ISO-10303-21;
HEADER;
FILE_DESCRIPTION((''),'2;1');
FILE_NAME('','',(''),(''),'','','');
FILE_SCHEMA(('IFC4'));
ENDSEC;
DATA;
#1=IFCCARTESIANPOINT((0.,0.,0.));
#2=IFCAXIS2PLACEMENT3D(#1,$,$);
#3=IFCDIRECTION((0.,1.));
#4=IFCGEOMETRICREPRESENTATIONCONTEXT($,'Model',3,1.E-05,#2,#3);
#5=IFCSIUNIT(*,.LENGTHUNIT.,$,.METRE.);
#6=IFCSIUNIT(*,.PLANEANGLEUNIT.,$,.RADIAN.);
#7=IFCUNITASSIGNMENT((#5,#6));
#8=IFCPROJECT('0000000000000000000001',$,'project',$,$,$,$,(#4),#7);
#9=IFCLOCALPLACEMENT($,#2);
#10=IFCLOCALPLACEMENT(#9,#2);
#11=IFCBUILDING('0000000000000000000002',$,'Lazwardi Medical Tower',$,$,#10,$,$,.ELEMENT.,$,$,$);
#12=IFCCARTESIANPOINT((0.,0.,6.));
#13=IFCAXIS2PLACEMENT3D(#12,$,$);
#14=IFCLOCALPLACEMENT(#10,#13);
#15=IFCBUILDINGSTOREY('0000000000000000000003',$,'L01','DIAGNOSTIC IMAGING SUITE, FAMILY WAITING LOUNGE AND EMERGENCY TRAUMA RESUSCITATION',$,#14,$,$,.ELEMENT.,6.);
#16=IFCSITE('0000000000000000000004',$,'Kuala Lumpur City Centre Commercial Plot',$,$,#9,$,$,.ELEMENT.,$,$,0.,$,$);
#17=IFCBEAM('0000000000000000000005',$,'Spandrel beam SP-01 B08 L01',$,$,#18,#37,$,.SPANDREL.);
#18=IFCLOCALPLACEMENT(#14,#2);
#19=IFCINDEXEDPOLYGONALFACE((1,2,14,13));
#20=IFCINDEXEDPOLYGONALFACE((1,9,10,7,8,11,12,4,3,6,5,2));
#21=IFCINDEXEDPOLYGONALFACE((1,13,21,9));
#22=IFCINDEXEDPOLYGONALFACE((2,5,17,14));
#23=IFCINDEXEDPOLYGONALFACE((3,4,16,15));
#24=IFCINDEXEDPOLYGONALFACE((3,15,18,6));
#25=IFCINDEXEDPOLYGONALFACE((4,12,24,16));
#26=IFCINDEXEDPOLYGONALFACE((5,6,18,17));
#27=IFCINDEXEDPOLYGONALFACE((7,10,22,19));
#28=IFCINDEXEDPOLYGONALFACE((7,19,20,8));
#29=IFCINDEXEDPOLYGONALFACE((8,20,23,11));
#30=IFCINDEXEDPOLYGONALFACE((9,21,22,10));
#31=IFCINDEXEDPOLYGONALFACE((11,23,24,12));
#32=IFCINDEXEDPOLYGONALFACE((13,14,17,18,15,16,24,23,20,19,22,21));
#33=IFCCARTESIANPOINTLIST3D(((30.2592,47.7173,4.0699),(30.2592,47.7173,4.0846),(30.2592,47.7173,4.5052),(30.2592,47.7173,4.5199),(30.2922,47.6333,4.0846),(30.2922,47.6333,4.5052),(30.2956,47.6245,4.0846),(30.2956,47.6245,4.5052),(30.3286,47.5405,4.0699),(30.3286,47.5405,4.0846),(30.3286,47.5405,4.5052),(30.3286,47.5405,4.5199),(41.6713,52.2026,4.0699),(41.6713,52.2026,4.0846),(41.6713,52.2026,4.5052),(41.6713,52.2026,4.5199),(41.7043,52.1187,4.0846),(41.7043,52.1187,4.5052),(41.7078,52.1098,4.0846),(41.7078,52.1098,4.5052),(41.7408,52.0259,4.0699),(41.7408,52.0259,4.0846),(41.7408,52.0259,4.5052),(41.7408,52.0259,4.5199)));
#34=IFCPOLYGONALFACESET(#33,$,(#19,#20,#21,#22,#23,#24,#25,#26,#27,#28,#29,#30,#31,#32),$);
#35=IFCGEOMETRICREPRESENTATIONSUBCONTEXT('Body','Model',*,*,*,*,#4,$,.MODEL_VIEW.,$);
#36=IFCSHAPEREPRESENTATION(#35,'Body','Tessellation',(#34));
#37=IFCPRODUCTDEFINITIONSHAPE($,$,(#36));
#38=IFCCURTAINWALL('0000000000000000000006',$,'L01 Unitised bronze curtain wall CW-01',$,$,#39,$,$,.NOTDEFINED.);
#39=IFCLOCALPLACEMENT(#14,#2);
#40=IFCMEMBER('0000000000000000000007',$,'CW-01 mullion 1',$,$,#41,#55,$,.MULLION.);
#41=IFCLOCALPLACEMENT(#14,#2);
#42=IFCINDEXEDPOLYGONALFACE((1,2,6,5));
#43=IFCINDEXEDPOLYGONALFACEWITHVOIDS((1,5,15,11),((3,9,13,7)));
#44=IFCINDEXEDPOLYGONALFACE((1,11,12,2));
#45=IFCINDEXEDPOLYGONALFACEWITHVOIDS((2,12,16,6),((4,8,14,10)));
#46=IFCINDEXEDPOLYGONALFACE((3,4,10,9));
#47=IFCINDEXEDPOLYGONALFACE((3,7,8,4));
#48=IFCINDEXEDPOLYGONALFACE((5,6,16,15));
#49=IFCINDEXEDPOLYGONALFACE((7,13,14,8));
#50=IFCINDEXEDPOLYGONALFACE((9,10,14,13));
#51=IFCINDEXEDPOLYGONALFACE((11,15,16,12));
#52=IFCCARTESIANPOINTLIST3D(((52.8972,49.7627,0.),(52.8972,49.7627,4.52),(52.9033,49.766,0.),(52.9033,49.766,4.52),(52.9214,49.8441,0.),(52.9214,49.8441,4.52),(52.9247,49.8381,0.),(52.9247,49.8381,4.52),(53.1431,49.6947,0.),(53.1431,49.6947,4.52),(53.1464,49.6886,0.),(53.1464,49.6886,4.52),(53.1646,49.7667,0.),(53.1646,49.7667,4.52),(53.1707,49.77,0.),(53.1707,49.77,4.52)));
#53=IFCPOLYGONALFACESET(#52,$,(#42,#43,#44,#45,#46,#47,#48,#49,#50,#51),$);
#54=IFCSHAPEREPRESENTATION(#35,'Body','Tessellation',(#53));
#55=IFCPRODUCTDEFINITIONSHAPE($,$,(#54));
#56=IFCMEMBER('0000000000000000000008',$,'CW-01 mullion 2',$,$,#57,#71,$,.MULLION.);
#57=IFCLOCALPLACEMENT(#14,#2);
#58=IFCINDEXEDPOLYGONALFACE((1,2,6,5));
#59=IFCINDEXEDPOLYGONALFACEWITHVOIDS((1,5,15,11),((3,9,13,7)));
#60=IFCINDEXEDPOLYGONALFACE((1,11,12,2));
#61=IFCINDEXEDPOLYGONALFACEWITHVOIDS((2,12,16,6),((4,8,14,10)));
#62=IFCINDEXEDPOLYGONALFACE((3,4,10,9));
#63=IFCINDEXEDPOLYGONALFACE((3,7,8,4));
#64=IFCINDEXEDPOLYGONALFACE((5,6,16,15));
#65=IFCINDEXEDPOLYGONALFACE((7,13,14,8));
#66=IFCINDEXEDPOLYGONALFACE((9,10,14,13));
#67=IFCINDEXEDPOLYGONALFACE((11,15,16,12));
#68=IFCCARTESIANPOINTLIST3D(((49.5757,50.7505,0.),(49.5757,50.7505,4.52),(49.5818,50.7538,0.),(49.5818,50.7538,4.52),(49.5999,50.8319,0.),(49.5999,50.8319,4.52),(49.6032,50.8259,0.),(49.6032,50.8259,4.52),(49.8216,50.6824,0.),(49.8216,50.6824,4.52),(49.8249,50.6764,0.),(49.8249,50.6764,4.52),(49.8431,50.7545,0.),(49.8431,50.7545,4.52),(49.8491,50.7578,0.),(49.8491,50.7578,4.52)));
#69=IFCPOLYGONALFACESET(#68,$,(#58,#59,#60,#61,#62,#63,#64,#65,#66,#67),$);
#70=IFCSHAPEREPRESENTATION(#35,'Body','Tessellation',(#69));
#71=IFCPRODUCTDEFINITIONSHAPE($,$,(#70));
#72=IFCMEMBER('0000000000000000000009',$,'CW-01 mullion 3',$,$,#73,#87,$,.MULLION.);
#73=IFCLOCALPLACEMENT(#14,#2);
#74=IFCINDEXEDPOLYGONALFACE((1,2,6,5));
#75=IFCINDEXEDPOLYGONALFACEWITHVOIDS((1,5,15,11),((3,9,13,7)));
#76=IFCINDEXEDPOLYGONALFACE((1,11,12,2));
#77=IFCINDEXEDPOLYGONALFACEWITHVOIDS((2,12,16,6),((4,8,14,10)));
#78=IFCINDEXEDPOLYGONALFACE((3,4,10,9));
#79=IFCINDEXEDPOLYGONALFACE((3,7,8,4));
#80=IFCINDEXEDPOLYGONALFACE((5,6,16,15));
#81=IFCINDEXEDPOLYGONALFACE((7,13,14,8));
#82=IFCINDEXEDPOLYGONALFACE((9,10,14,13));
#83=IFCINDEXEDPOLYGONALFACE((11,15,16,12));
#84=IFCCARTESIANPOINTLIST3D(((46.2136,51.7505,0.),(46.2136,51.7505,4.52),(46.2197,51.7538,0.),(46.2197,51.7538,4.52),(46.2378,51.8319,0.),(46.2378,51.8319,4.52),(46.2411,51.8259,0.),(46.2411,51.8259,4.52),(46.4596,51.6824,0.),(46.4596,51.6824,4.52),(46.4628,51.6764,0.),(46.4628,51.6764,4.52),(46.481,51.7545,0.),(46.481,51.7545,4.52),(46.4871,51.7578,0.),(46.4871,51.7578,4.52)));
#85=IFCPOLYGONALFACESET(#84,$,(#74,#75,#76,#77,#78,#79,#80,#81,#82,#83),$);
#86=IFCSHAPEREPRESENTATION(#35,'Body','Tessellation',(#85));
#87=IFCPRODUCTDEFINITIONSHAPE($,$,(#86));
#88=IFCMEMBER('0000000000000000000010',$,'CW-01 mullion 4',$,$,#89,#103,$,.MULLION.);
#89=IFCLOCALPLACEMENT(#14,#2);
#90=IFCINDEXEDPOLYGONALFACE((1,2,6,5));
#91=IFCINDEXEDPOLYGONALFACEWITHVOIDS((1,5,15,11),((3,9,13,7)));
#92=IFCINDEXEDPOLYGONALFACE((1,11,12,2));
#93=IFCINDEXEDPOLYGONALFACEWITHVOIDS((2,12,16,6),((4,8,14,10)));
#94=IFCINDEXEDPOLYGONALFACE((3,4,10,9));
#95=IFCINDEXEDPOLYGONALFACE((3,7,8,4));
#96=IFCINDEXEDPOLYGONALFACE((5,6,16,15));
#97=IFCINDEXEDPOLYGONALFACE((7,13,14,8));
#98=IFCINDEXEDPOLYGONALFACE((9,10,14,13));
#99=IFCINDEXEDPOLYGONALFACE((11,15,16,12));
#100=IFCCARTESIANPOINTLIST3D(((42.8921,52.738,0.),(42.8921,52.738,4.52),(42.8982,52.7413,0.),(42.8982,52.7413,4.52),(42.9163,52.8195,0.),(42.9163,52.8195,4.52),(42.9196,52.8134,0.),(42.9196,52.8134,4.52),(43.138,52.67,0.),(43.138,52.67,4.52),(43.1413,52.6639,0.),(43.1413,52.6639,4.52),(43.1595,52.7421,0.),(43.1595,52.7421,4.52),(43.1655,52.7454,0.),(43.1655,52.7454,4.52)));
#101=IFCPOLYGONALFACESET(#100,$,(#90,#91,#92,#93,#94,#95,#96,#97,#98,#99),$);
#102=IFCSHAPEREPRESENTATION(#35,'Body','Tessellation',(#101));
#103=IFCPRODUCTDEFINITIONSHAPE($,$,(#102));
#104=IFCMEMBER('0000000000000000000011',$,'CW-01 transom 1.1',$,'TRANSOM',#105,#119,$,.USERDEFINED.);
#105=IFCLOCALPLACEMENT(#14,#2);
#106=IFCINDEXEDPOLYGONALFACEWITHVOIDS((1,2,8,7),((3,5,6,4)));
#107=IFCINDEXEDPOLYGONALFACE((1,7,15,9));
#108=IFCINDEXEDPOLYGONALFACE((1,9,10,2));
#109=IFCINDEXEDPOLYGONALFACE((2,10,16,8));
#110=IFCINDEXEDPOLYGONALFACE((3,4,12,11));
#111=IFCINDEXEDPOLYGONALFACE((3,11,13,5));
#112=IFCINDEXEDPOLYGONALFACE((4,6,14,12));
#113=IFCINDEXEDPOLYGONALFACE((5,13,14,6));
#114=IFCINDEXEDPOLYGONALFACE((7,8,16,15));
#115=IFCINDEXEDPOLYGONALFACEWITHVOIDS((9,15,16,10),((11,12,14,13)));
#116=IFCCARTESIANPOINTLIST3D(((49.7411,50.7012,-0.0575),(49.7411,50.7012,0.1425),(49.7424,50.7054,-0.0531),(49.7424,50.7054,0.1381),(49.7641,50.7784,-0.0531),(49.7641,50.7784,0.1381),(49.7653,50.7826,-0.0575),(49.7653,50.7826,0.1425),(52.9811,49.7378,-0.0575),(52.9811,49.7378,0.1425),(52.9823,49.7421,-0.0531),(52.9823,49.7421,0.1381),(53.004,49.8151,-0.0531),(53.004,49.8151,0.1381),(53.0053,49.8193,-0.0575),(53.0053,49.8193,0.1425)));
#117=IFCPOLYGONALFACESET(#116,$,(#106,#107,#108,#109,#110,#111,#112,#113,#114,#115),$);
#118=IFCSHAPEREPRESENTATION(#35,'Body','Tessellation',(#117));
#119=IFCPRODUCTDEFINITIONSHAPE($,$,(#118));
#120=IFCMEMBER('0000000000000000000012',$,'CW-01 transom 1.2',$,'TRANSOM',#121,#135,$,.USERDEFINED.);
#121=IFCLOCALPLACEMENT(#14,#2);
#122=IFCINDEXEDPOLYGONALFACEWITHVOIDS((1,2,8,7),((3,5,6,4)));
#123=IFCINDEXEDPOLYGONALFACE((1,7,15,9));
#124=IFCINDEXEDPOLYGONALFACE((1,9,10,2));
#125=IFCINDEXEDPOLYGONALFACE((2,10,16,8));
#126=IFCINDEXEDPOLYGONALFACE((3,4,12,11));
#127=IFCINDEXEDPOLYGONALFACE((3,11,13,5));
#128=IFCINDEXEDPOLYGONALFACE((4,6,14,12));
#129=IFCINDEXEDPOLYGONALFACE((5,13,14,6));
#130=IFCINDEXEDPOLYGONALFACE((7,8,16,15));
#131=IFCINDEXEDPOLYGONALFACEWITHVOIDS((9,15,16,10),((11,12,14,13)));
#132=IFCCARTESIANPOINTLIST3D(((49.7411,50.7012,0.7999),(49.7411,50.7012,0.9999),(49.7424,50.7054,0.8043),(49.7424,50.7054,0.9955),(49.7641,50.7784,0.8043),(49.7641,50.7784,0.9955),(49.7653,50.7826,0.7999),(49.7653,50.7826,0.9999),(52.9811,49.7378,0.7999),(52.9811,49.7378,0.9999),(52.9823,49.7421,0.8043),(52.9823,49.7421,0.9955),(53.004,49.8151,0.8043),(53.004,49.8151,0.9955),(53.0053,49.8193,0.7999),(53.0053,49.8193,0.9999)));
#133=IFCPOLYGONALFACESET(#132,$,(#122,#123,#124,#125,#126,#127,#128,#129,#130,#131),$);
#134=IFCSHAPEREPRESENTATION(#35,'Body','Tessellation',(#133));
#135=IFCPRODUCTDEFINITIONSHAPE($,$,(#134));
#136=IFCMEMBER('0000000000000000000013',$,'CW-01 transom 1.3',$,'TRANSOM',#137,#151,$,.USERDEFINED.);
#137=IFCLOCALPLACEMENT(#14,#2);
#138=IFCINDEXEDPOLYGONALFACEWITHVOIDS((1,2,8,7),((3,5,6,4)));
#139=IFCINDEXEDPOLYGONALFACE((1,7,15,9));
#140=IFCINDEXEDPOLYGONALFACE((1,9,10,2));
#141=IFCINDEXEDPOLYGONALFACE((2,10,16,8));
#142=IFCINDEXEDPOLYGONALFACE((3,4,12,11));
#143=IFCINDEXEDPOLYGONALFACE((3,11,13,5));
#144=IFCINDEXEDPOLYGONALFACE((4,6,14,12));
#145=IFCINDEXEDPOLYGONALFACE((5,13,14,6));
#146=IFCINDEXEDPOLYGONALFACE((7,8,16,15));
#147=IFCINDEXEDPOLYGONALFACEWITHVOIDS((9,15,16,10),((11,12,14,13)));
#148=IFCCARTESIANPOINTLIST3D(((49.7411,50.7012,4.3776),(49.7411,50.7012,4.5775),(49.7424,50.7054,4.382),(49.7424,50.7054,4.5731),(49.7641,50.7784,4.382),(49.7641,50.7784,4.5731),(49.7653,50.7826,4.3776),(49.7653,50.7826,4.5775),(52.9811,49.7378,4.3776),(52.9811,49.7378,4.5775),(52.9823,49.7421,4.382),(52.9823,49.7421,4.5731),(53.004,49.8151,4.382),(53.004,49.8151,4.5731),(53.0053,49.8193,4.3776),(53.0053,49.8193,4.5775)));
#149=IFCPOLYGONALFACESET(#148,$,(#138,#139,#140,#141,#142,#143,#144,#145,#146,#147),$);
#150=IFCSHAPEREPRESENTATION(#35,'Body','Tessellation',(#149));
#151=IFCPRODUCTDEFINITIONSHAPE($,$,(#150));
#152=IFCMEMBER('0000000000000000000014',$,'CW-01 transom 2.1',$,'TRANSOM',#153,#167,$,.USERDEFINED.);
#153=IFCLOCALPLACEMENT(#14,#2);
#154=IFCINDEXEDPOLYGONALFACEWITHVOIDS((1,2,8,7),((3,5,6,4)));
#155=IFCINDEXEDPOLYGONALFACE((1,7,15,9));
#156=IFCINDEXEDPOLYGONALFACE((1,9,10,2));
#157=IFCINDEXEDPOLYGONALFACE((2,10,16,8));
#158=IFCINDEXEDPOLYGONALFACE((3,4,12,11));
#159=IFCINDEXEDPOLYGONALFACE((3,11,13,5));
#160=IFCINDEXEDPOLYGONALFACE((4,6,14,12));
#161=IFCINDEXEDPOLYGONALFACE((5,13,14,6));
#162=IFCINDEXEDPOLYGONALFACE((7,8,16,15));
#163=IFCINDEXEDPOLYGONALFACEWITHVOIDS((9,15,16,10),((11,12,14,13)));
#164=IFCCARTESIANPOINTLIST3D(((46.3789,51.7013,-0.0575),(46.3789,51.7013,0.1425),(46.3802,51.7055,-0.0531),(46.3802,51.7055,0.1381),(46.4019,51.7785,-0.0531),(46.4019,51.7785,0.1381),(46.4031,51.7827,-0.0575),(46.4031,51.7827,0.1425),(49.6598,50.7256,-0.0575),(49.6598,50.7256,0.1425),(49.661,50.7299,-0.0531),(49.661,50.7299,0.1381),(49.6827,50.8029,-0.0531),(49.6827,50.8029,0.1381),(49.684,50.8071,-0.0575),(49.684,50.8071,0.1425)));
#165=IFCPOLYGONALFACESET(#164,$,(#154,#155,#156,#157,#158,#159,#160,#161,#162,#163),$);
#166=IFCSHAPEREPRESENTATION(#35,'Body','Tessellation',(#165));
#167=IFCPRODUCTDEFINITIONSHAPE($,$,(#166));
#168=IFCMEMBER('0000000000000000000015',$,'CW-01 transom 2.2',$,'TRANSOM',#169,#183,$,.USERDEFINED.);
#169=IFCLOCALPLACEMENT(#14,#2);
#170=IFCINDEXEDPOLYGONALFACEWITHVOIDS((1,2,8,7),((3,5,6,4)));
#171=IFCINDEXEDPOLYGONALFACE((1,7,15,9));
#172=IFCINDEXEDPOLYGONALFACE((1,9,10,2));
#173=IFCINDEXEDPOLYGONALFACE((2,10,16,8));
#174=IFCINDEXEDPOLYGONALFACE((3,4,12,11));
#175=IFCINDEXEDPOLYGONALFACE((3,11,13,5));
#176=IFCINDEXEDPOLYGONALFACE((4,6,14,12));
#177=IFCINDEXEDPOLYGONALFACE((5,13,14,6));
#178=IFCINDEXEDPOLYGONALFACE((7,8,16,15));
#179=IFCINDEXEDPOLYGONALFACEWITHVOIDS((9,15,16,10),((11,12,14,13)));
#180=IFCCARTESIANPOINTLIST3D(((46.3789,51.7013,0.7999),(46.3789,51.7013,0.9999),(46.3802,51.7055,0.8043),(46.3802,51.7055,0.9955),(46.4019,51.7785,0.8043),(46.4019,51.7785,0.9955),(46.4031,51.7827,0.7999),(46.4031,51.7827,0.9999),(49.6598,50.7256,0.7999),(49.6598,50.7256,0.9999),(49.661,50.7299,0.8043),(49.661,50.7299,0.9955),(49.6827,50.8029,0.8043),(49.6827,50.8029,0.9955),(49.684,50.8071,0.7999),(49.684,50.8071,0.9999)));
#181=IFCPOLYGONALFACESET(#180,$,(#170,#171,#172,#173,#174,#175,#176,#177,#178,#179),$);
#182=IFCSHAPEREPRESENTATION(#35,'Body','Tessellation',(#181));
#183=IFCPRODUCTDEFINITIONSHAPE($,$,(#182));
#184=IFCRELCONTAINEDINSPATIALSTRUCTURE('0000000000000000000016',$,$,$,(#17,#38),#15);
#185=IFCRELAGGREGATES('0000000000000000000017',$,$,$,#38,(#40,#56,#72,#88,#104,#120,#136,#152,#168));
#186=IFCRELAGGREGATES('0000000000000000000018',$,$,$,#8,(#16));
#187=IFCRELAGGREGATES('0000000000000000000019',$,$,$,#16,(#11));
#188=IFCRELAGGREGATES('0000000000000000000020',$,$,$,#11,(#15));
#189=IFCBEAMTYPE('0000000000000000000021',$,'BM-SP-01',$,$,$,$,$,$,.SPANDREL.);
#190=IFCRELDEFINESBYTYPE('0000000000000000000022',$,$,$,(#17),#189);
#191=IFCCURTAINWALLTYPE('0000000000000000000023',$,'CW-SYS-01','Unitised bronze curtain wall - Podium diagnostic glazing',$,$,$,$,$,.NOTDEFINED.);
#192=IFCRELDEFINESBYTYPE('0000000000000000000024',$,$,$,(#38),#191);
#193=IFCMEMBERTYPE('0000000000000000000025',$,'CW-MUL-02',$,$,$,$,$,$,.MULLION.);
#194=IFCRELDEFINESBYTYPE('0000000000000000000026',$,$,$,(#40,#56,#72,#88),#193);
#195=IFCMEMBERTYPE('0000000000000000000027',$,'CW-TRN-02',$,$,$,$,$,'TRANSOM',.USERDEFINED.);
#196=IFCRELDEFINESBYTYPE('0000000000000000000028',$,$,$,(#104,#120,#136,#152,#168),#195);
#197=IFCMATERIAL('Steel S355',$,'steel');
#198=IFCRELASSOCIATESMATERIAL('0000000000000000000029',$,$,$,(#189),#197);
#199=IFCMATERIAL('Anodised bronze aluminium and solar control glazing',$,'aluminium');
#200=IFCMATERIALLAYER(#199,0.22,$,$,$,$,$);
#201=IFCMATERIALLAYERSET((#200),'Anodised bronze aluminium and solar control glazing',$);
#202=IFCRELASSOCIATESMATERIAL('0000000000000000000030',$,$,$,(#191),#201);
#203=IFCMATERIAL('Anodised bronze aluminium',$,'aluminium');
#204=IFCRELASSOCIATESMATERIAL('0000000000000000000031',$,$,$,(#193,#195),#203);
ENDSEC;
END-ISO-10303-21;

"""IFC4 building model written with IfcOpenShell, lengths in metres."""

from ifc_helpers import new_model, si_unit, direction, frame, origin, origin_2d, place, context, subcontext, project, spatial, hollow_rectangle, i_section, extrude, material, layer, layer_set, material_profile, profile_set, type_object, element, aggregate, save


model = new_model("IFC4")

# Units and contexts
model_context = context("Model", 3, precision=1e-05, world=origin(), true_north=direction((0.0, 1.0)))
body_context = subcontext(model_context, "Body", "Model", "MODEL_VIEW")
ifc_project = project(units=[si_unit("LENGTHUNIT", "METRE"), si_unit("PLANEANGLEUNIT", "RADIAN")], contexts=[model_context])

# Site, building, storey
site_placement = place(None, origin())
site = spatial("IfcSite", under=ifc_project, at=site_placement, Name="Kuala Lumpur City Centre Commercial Plot", CompositionType="ELEMENT", RefElevation=0.0)
building_placement = place(site_placement, origin())
building = spatial("IfcBuilding", under=site, at=building_placement, Name="Lazwardi Medical Tower", CompositionType="ELEMENT")
storey_placement = place(building_placement, frame((0.0, 0.0, 6.0)))
storey = spatial("IfcBuildingStorey", under=building, at=storey_placement, Name="L01", Description="DIAGNOSTIC IMAGING SUITE, FAMILY WAITING LOUNGE AND EMERGENCY TRAUMA RESUSCITATION", CompositionType="ELEMENT", Elevation=6.0)

# Beam
ifc_material_1 = material(Name="Steel S355", Category="steel")
ifc_material_profile_1 = material_profile(ifc_material_1, i_section(OverallWidth=0.1899, OverallDepth=0.45, WebThickness=0.0095, FlangeThickness=0.0146, at=origin_2d()), Name="IPE 450")
ifc_profile_set_1 = profile_set([ifc_material_profile_1], Name="Steel S355")
beam_type_1 = type_object("IfcBeamType", Name="BM-SP-01", PredefinedType="SPANDREL", material=ifc_profile_set_1)
beam_1_placement = place(storey_placement, frame((41.7061, 52.1143, 4.2949), z_axis=(-0.930695, -0.365795, 0.0), x_axis=(0.365795, -0.930695, 0.0)))
element("IfcBeam", 1, at=beam_1_placement, inside=storey, type_object=beam_type_1, Name="Spandrel beam SP-01 B08 L01", PredefinedType="SPANDREL", context=body_context, shape_type="SweptSolid", body=[
    extrude(i_section(OverallWidth=0.1899, OverallDepth=0.45, WebThickness=0.0095, FlangeThickness=0.0146, at=origin_2d()), origin(), (0.0, 0.0, 1.0), 12.262),
])

# Curtain wall, members
ifc_material_2 = material(Name="Anodised bronze aluminium and solar control glazing", Category="aluminium")
ifc_layer_1 = layer(ifc_material_2, 0.22)
ifc_layer_set_1 = layer_set([ifc_layer_1], Name="Anodised bronze aluminium and solar control glazing")
curtain_wall_type = type_object("IfcCurtainWallType", Name="CW-SYS-01", Description="Unitised bronze curtain wall - Podium diagnostic glazing", PredefinedType="NOTDEFINED", material=ifc_layer_set_1)
curtain_wall_placement = place(storey_placement, origin())
curtain_wall = element("IfcCurtainWall", 2, at=curtain_wall_placement, inside=storey, type_object=curtain_wall_type, Name="L01 Unitised bronze curtain wall CW-01", PredefinedType="NOTDEFINED")
ifc_material_3 = material(Name="Anodised bronze aluminium", Category="aluminium")
ifc_material_profile_2 = material_profile(ifc_material_3, hollow_rectangle(XDim=0.085, YDim=0.26, WallThickness=0.0049, at=origin_2d()), Name="ALU-MULLION 260x85x5")
ifc_profile_set_2 = profile_set([ifc_material_profile_2], Name="Anodised bronze aluminium")
member_type_1 = type_object("IfcMemberType", Name="CW-MUL-02", PredefinedType="MULLION", material=ifc_profile_set_2)
member_1_placement = place(storey_placement, frame((53.0339, 49.7664, 0.0), z_axis=(0.0, 0.0, 1.0), x_axis=(-0.285047, -0.958513, 0.0)))
member_1 = element("IfcMember", 3, at=member_1_placement, type_object=member_type_1, Name="CW-01 mullion 1", PredefinedType="MULLION", context=body_context, shape_type="SweptSolid", body=[
    extrude(hollow_rectangle(XDim=0.085, YDim=0.26, WallThickness=0.0049, at=origin_2d()), origin(), (0.0, 0.0, 1.0), 4.52),
])
member_2_placement = place(storey_placement, frame((49.7124, 50.7542, 0.0), z_axis=(0.0, 0.0, 1.0), x_axis=(-0.285047, -0.958513, 0.0)))
member_2 = element("IfcMember", 4, at=member_2_placement, type_object=member_type_1, Name="CW-01 mullion 2", PredefinedType="MULLION", context=body_context, shape_type="SweptSolid", body=[
    extrude(hollow_rectangle(XDim=0.085, YDim=0.26, WallThickness=0.0049, at=origin_2d()), origin(), (0.0, 0.0, 1.0), 4.52),
])
member_3_placement = place(storey_placement, frame((46.3503, 51.7542, 0.0), z_axis=(0.0, 0.0, 1.0), x_axis=(-0.285047, -0.958513, 0.0)))
member_3 = element("IfcMember", 5, at=member_3_placement, type_object=member_type_1, Name="CW-01 mullion 3", PredefinedType="MULLION", context=body_context, shape_type="SweptSolid", body=[
    extrude(hollow_rectangle(XDim=0.085, YDim=0.26, WallThickness=0.0049, at=origin_2d()), origin(), (0.0, 0.0, 1.0), 4.52),
])
member_4_placement = place(storey_placement, frame((43.0288, 52.7417, 0.0), z_axis=(0.0, 0.0, 1.0), x_axis=(-0.285047, -0.958513, 0.0)))
member_4 = element("IfcMember", 6, at=member_4_placement, type_object=member_type_1, Name="CW-01 mullion 4", PredefinedType="MULLION", context=body_context, shape_type="SweptSolid", body=[
    extrude(hollow_rectangle(XDim=0.085, YDim=0.26, WallThickness=0.0049, at=origin_2d()), origin(), (0.0, 0.0, 1.0), 4.52),
])
ifc_material_profile_3 = material_profile(ifc_material_3, hollow_rectangle(XDim=0.085, YDim=0.2, WallThickness=0.0044, at=origin_2d()), Name="ALU-TRANSOM 200x85x4.5")
ifc_profile_set_3 = profile_set([ifc_material_profile_3], Name="Anodised bronze aluminium")
member_type_2 = type_object("IfcMemberType", Name="CW-TRN-02", ElementType="TRANSOM", PredefinedType="USERDEFINED", material=ifc_profile_set_3)
member_5_placement = place(storey_placement, frame((52.9932, 49.7786, 0.0425), z_axis=(-0.958525, 0.285008, 0.0), x_axis=(-0.285008, -0.958525, 0.0)))
member_5 = element("IfcMember", 7, at=member_5_placement, type_object=member_type_2, Name="CW-01 transom 1.1", ObjectType="TRANSOM", PredefinedType="USERDEFINED", context=body_context, shape_type="SweptSolid", body=[
    extrude(hollow_rectangle(XDim=0.085, YDim=0.2, WallThickness=0.0044, at=origin_2d()), origin(), (0.0, 0.0, 1.0), 3.3801),
])
member_6_placement = place(storey_placement, frame((52.9932, 49.7786, 0.8999), z_axis=(-0.958525, 0.285008, 0.0), x_axis=(-0.285008, -0.958525, 0.0)))
member_6 = element("IfcMember", 8, at=member_6_placement, type_object=member_type_2, Name="CW-01 transom 1.2", ObjectType="TRANSOM", PredefinedType="USERDEFINED", context=body_context, shape_type="SweptSolid", body=[
    extrude(hollow_rectangle(XDim=0.085, YDim=0.2, WallThickness=0.0044, at=origin_2d()), origin(), (0.0, 0.0, 1.0), 3.3801),
])
member_7_placement = place(storey_placement, frame((52.9932, 49.7786, 4.4775), z_axis=(-0.958525, 0.285008, 0.0), x_axis=(-0.285008, -0.958525, 0.0)))
member_7 = element("IfcMember", 9, at=member_7_placement, type_object=member_type_2, Name="CW-01 transom 1.3", ObjectType="TRANSOM", PredefinedType="USERDEFINED", context=body_context, shape_type="SweptSolid", body=[
    extrude(hollow_rectangle(XDim=0.085, YDim=0.2, WallThickness=0.0044, at=origin_2d()), origin(), (0.0, 0.0, 1.0), 3.3801),
])
member_8_placement = place(storey_placement, frame((49.6719, 50.7664, 0.0425), z_axis=(-0.958518, 0.28503, 0.0), x_axis=(-0.28503, -0.958518, 0.0)))
member_8 = element("IfcMember", 10, at=member_8_placement, type_object=member_type_2, Name="CW-01 transom 2.1", ObjectType="TRANSOM", PredefinedType="USERDEFINED", context=body_context, shape_type="SweptSolid", body=[
    extrude(hollow_rectangle(XDim=0.085, YDim=0.2, WallThickness=0.0044, at=origin_2d()), origin(), (0.0, 0.0, 1.0), 3.4229),
])
member_9_placement = place(storey_placement, frame((49.6719, 50.7664, 0.8999), z_axis=(-0.958518, 0.28503, 0.0), x_axis=(-0.28503, -0.958518, 0.0)))
member_9 = element("IfcMember", 11, at=member_9_placement, type_object=member_type_2, Name="CW-01 transom 2.2", ObjectType="TRANSOM", PredefinedType="USERDEFINED", context=body_context, shape_type="SweptSolid", body=[
    extrude(hollow_rectangle(XDim=0.085, YDim=0.2, WallThickness=0.0044, at=origin_2d()), origin(), (0.0, 0.0, 1.0), 3.4229),
])
aggregate(curtain_wall, [member_1, member_2, member_3, member_4, member_5, member_6, member_7, member_8, member_9])

save(model, "model.ifc")
